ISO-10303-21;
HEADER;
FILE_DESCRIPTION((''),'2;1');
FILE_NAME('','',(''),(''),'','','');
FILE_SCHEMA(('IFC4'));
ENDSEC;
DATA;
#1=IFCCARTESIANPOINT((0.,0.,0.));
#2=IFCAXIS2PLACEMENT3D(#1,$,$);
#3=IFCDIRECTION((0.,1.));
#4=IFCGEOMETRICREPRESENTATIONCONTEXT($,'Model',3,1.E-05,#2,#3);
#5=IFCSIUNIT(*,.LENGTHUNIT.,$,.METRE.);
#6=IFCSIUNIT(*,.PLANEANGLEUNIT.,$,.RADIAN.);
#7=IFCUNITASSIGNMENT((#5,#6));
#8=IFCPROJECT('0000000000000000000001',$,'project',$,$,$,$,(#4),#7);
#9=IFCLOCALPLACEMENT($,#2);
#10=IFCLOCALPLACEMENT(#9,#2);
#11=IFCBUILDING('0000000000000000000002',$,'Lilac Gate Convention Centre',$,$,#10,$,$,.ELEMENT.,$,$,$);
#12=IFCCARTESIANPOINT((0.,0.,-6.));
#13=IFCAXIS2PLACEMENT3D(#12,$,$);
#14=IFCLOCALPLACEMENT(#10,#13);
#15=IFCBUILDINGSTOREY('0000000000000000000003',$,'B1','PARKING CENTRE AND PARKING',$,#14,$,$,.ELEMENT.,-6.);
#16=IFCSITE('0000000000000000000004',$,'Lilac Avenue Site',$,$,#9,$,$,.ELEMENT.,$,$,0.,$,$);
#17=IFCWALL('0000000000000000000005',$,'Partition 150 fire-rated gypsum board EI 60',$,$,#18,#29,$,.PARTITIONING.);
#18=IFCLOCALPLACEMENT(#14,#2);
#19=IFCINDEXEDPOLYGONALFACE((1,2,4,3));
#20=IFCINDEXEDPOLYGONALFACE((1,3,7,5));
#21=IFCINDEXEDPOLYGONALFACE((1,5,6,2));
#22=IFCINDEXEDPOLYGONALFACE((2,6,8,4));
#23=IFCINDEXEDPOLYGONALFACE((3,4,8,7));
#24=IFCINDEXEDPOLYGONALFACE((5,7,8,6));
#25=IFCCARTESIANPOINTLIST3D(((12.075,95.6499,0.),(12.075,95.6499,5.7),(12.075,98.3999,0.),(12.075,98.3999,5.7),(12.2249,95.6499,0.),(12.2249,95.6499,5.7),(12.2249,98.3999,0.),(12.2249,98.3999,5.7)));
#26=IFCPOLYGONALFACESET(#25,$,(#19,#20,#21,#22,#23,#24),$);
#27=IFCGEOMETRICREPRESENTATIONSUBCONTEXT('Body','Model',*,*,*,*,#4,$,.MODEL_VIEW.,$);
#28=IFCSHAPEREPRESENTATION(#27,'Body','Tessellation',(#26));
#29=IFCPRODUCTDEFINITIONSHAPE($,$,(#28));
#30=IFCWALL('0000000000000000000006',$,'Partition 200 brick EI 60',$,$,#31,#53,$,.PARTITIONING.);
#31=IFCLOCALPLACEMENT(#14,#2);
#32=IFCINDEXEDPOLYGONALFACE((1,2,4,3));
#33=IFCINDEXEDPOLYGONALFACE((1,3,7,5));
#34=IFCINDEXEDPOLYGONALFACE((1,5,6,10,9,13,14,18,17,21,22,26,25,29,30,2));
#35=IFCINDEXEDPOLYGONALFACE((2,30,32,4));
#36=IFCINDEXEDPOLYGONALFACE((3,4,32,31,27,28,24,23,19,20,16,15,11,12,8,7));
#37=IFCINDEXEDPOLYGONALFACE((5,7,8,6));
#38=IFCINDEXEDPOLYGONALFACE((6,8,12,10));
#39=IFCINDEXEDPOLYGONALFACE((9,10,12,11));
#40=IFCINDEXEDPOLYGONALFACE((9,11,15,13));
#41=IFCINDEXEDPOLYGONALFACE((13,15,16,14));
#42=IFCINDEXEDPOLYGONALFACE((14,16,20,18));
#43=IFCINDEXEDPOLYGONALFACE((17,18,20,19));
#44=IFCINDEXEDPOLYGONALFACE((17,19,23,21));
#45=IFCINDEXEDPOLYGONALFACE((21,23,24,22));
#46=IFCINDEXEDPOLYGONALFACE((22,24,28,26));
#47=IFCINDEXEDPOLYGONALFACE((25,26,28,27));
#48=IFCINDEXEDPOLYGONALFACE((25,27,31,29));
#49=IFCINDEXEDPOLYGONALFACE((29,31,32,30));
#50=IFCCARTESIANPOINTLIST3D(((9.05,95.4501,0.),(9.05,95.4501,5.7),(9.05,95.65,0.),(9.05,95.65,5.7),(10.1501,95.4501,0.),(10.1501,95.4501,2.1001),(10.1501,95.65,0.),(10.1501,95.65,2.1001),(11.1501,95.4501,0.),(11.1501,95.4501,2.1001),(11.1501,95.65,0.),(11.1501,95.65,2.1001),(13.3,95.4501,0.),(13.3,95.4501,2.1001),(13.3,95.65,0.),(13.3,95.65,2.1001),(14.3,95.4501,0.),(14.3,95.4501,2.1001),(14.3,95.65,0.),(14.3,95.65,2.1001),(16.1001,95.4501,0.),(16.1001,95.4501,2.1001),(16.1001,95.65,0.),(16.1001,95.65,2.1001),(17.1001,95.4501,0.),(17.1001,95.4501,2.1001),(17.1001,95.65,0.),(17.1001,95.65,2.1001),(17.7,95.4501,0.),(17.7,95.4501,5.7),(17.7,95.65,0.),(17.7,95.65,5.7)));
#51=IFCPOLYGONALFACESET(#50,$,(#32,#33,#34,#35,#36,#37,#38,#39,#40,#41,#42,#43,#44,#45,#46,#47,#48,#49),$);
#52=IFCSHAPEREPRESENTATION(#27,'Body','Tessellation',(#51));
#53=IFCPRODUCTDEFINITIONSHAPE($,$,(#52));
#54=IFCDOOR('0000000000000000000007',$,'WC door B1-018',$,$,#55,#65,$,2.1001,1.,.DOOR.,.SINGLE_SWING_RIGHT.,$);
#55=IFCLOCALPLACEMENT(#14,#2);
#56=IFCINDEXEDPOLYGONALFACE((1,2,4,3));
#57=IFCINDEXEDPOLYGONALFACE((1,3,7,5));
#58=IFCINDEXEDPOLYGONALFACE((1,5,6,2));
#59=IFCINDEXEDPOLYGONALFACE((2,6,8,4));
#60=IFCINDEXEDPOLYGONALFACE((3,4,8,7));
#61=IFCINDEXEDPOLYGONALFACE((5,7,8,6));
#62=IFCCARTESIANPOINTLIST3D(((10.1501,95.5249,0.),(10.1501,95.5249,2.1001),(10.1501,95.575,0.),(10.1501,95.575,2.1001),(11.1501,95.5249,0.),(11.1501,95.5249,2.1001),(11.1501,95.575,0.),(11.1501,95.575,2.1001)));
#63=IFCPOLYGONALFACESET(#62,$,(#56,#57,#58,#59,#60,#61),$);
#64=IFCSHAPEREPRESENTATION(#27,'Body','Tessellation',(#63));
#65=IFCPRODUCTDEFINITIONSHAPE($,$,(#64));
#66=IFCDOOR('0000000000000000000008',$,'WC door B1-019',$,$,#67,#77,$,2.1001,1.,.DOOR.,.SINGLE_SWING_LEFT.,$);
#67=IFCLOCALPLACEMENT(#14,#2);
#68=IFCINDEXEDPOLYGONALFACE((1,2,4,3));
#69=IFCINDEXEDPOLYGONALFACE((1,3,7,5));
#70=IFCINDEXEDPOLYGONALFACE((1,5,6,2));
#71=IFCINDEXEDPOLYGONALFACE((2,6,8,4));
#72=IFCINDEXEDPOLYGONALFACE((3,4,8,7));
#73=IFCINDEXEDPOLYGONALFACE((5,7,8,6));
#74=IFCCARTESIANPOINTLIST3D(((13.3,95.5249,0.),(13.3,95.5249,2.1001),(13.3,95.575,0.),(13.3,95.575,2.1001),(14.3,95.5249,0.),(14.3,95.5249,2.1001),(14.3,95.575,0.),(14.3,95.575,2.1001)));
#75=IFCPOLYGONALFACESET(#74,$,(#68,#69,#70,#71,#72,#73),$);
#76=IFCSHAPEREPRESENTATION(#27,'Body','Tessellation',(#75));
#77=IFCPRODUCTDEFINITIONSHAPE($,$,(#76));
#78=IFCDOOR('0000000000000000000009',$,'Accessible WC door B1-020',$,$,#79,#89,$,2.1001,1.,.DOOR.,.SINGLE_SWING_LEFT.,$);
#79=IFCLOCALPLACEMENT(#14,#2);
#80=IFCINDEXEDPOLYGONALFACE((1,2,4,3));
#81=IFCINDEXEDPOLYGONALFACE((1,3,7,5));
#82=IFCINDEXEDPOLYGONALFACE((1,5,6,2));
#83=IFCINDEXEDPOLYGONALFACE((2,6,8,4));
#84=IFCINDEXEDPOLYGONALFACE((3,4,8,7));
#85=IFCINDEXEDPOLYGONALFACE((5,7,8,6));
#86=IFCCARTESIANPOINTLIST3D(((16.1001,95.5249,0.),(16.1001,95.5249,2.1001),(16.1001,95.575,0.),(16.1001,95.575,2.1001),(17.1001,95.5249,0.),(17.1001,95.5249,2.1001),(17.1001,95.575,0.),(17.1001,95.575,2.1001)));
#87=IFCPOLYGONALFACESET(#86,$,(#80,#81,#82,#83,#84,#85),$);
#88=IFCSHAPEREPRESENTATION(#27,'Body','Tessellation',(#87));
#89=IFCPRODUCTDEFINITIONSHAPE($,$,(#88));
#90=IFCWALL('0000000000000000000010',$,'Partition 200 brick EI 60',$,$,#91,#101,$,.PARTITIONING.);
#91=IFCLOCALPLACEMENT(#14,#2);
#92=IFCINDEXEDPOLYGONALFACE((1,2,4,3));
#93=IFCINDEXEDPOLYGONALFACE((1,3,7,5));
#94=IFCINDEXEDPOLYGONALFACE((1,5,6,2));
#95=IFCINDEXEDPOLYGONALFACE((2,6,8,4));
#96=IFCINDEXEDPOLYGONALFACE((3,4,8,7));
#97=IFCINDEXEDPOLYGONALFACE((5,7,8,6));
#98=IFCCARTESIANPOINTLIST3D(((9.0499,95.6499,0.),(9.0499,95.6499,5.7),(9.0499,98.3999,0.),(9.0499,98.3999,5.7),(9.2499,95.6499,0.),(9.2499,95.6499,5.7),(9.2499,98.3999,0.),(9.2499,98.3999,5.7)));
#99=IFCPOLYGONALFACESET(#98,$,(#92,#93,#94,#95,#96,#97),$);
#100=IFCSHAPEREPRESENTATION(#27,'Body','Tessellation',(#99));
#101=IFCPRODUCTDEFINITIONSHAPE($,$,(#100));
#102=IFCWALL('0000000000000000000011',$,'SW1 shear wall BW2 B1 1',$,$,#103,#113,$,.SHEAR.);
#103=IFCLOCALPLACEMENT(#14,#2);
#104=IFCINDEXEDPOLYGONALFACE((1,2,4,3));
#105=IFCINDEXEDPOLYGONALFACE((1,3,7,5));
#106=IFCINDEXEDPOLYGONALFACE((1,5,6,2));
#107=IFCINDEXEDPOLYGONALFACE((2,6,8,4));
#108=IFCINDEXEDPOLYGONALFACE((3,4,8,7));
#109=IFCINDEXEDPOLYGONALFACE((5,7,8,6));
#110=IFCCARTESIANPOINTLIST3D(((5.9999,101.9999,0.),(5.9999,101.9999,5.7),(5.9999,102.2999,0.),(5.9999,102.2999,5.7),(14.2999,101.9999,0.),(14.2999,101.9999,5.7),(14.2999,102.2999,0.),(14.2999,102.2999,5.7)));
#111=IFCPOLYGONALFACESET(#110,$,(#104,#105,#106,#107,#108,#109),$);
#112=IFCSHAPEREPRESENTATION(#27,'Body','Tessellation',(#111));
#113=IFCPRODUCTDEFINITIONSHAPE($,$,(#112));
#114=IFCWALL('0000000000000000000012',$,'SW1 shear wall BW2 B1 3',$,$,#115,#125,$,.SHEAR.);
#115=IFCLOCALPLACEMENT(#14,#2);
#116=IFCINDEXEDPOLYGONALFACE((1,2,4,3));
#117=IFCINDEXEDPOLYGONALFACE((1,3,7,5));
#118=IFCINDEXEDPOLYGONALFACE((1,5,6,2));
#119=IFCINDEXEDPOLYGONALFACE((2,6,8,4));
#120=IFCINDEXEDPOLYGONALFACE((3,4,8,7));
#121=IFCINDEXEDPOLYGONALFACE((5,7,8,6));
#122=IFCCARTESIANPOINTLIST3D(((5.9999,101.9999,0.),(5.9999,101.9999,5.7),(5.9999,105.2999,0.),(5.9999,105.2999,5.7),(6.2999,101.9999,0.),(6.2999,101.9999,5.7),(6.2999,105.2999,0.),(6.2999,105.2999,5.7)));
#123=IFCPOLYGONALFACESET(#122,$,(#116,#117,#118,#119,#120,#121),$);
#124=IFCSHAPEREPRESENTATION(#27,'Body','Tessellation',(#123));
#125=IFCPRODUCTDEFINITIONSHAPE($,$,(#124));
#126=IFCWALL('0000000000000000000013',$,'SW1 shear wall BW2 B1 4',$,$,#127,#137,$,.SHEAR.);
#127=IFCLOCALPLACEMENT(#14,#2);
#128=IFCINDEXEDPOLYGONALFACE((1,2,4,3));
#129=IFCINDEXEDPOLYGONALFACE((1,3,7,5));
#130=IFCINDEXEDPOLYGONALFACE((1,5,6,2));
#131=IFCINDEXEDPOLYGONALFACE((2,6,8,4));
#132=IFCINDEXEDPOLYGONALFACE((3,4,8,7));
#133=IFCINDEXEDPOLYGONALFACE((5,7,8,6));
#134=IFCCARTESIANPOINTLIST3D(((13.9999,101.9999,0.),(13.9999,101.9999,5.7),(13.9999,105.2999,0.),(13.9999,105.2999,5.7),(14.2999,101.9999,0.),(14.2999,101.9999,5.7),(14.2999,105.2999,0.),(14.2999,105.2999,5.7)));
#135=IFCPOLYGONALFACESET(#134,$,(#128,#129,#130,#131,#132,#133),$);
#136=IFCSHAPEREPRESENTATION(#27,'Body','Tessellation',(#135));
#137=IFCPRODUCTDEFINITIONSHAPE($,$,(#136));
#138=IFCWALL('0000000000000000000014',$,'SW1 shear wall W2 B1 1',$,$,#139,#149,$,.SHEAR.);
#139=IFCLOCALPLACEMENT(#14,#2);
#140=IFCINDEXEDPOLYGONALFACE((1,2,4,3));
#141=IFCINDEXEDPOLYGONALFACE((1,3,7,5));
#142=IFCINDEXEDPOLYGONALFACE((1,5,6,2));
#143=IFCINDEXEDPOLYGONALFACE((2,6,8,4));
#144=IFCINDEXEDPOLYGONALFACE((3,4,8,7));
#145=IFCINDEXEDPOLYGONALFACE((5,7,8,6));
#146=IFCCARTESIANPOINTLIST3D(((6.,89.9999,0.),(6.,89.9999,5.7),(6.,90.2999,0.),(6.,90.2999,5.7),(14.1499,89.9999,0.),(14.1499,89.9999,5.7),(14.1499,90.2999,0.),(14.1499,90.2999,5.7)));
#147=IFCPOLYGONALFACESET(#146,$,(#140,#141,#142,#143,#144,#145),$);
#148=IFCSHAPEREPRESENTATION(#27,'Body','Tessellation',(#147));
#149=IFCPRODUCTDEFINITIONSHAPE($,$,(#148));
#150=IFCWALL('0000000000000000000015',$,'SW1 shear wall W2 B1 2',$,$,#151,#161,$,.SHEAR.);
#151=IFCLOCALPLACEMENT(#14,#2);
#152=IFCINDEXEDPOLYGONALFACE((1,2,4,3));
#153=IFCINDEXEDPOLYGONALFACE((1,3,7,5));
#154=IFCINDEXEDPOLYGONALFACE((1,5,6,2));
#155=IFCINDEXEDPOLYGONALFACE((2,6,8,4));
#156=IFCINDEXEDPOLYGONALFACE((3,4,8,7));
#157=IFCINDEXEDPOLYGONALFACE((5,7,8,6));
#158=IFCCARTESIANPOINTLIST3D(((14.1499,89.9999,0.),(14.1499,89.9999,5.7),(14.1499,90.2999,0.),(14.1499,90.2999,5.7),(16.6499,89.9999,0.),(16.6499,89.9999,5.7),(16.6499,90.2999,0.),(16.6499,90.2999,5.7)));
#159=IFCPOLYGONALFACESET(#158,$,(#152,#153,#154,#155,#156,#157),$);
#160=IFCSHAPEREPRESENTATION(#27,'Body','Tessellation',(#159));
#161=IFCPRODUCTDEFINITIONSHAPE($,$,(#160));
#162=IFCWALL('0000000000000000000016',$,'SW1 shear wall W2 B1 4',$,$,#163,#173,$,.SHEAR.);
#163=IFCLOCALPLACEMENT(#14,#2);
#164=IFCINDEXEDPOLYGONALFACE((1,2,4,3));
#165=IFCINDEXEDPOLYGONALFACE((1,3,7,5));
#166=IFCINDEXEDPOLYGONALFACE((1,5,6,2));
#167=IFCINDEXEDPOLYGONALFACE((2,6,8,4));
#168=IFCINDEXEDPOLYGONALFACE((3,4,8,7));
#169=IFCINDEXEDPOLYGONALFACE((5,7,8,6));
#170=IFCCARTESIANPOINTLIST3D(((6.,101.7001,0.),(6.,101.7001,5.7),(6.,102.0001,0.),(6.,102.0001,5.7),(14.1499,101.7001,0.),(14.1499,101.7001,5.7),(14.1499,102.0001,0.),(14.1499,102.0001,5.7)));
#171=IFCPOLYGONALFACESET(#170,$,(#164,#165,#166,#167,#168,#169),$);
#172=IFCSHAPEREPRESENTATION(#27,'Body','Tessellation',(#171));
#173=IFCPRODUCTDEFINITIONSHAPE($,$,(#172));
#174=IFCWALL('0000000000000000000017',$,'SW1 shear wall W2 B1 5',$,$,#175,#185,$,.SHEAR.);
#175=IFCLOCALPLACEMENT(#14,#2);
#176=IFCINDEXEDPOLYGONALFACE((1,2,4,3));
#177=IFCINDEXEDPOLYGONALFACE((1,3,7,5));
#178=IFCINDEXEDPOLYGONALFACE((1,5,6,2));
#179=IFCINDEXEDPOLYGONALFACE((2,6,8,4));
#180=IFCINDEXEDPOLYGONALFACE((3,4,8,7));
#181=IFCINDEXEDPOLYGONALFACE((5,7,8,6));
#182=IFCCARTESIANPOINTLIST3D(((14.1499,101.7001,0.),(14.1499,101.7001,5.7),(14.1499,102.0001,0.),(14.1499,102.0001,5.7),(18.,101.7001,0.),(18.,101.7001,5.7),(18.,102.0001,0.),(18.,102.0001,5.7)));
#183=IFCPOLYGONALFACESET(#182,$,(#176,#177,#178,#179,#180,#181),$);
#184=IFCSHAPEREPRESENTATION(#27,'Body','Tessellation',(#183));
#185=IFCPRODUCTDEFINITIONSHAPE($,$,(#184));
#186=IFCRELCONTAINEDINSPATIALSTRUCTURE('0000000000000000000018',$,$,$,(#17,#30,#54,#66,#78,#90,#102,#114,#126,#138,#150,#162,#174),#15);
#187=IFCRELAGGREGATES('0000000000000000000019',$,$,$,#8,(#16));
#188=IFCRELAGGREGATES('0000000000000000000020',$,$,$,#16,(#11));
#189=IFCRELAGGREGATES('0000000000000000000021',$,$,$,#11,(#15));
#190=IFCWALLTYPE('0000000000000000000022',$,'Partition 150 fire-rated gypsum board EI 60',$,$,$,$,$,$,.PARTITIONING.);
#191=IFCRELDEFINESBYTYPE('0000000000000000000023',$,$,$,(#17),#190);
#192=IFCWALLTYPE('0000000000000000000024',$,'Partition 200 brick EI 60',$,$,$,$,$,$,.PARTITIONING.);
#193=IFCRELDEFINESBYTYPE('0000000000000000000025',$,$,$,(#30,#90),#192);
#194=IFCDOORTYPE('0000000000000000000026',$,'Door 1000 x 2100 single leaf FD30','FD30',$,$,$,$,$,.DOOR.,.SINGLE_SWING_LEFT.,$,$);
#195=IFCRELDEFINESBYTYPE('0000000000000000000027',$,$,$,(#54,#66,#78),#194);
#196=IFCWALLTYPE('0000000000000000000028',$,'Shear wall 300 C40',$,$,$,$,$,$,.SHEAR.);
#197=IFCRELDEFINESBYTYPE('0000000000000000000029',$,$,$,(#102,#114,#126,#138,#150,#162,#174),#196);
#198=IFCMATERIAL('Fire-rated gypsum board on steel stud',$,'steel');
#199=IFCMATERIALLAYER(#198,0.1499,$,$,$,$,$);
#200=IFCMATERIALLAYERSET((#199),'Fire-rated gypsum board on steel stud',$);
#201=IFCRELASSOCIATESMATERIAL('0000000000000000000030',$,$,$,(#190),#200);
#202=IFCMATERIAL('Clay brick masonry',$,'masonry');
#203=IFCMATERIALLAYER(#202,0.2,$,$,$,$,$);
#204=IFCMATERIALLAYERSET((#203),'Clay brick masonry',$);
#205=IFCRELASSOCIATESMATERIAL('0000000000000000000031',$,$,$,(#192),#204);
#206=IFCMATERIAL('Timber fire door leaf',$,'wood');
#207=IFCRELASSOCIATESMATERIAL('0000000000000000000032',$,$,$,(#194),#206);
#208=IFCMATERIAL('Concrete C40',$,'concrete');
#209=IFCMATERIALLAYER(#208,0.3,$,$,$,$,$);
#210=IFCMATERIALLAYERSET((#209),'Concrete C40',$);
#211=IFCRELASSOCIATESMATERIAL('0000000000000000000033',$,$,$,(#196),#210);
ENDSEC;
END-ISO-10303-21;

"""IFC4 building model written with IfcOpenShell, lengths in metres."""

from ifc_helpers import new_model, si_unit, direction, frame, frame_2d, origin, place, context, subcontext, project, spatial, rectangle, extrude, material, layer, layer_set, type_object, element, fill, save


model = new_model("IFC4")

# Units and contexts
model_context = context("Model", 3, precision=1e-05, world=origin(), true_north=direction((0.0, 1.0)))
body_context = subcontext(model_context, "Body", "Model", "MODEL_VIEW")
ifc_project = project(units=[si_unit("LENGTHUNIT", "METRE"), si_unit("PLANEANGLEUNIT", "RADIAN")], contexts=[model_context])

# Site, building, storey
site_placement = place(None, origin())
site = spatial("IfcSite", under=ifc_project, at=site_placement, Name="Lilac Avenue Site", CompositionType="ELEMENT", RefElevation=0.0)
building_placement = place(site_placement, origin())
building = spatial("IfcBuilding", under=site, at=building_placement, Name="Lilac Gate Convention Centre", CompositionType="ELEMENT")
storey_placement = place(building_placement, frame((0.0, 0.0, -6.0)))
storey = spatial("IfcBuildingStorey", under=building, at=storey_placement, Name="B1", Description="PARKING CENTRE AND PARKING", CompositionType="ELEMENT", Elevation=-6.0)

# Wall
ifc_material_1 = material(Name="Fire-rated gypsum board on steel stud", Category="steel")
ifc_layer_1 = layer(ifc_material_1, 0.1499)
ifc_layer_set_1 = layer_set([ifc_layer_1], Name="Fire-rated gypsum board on steel stud")
wall_type_1 = type_object("IfcWallType", Name="Partition 150 fire-rated gypsum board EI 60", PredefinedType="PARTITIONING", material=ifc_layer_set_1)
wall_1_placement = place(storey_placement, frame((12.1499, 95.6499, 0.0), z_axis=(0.0, 0.0, 1.0), x_axis=(0.0, 1.0, 0.0)))
element("IfcWall", 1, at=wall_1_placement, inside=storey, type_object=wall_type_1, Name="Partition 150 fire-rated gypsum board EI 60", PredefinedType="PARTITIONING", context=body_context, shape_type="SweptSolid", body=[
    extrude(rectangle(XDim=2.75, YDim=0.1499, at=frame_2d((1.375, 0.0))), origin(), (0.0, 0.0, 1.0), 5.7),
])

# Wall, openings, doors
ifc_material_2 = material(Name="Clay brick masonry", Category="masonry")
ifc_layer_2 = layer(ifc_material_2, 0.2)
ifc_layer_set_2 = layer_set([ifc_layer_2], Name="Clay brick masonry")
wall_type_2 = type_object("IfcWallType", Name="Partition 200 brick EI 60", PredefinedType="PARTITIONING", material=ifc_layer_set_2)
wall_2_placement = place(storey_placement, frame((9.05, 95.55, 0.0), z_axis=(0.0, 0.0, 1.0), x_axis=(1.0, 0.0, 0.0)))
wall_2 = element("IfcWall", 2, at=wall_2_placement, inside=storey, type_object=wall_type_2, Name="Partition 200 brick EI 60", PredefinedType="PARTITIONING", context=body_context, shape_type="SweptSolid", body=[
    extrude(rectangle(XDim=8.6499, YDim=0.2, at=frame_2d((4.325, 0.0))), origin(), (0.0, 0.0, 1.0), 5.7),
])
opening_1_placement = place(wall_2_placement, frame((1.1001, 0.0, 0.0)))
opening_1 = element("IfcOpeningElement", 3, at=opening_1_placement, cuts=wall_2, PredefinedType="OPENING", context=body_context, shape_type="SweptSolid", body=[
    extrude(rectangle(XDim=1.0, YDim=2.1001, at=frame_2d((0.5, 1.05))), frame((0.0, 0.1099, 0.0), z_axis=(0.0, -1.0, 0.0), x_axis=(1.0, 0.0, 0.0)), (0.0, 0.0, 1.0), 0.22),
])
opening_2_placement = place(wall_2_placement, frame((4.25, 0.0, 0.0)))
opening_2 = element("IfcOpeningElement", 4, at=opening_2_placement, cuts=wall_2, PredefinedType="OPENING", context=body_context, shape_type="SweptSolid", body=[
    extrude(rectangle(XDim=1.0, YDim=2.1001, at=frame_2d((0.5, 1.05))), frame((0.0, 0.1099, 0.0), z_axis=(0.0, -1.0, 0.0), x_axis=(1.0, 0.0, 0.0)), (0.0, 0.0, 1.0), 0.22),
])
opening_3_placement = place(wall_2_placement, frame((7.05, 0.0, 0.0)))
opening_3 = element("IfcOpeningElement", 5, at=opening_3_placement, cuts=wall_2, PredefinedType="OPENING", context=body_context, shape_type="SweptSolid", body=[
    extrude(rectangle(XDim=1.0, YDim=2.1001, at=frame_2d((0.5, 1.05))), frame((0.0, 0.1099, 0.0), z_axis=(0.0, -1.0, 0.0), x_axis=(1.0, 0.0, 0.0)), (0.0, 0.0, 1.0), 0.22),
])
ifc_material_3 = material(Name="Timber fire door leaf", Category="wood")
door_type_1 = type_object("IfcDoorType", Name="Door 1000 x 2100 single leaf FD30", Description="FD30", OperationType="SINGLE_SWING_LEFT", PredefinedType="DOOR", material=ifc_material_3)
door_1_placement = place(opening_1_placement, origin())
door_1 = element("IfcDoor", 6, at=door_1_placement, inside=storey, type_object=door_type_1, Name="WC door B1-018", OperationType="SINGLE_SWING_RIGHT", OverallHeight=2.1001, OverallWidth=1.0, PredefinedType="DOOR", context=body_context, shape_type="SweptSolid", body=[
    extrude(rectangle(XDim=1.0, YDim=2.1001, at=frame_2d((0.5, 1.05))), frame((0.0, 0.0249, 0.0), z_axis=(0.0, -1.0, 0.0), x_axis=(1.0, 0.0, 0.0)), (0.0, 0.0, 1.0), 0.05),
])
fill(opening_1, door_1)
door_2_placement = place(opening_2_placement, origin())
door_2 = element("IfcDoor", 7, at=door_2_placement, inside=storey, type_object=door_type_1, Name="WC door B1-019", OperationType="SINGLE_SWING_LEFT", OverallHeight=2.1001, OverallWidth=1.0, PredefinedType="DOOR", context=body_context, shape_type="SweptSolid", body=[
    extrude(rectangle(XDim=1.0, YDim=2.1001, at=frame_2d((0.5, 1.05))), frame((0.0, 0.0249, 0.0), z_axis=(0.0, -1.0, 0.0), x_axis=(1.0, 0.0, 0.0)), (0.0, 0.0, 1.0), 0.05),
])
fill(opening_2, door_2)
door_3_placement = place(opening_3_placement, origin())
door_3 = element("IfcDoor", 8, at=door_3_placement, inside=storey, type_object=door_type_1, Name="Accessible WC door B1-020", OperationType="SINGLE_SWING_LEFT", OverallHeight=2.1001, OverallWidth=1.0, PredefinedType="DOOR", context=body_context, shape_type="SweptSolid", body=[
    extrude(rectangle(XDim=1.0, YDim=2.1001, at=frame_2d((0.5, 1.05))), frame((0.0, 0.0249, 0.0), z_axis=(0.0, -1.0, 0.0), x_axis=(1.0, 0.0, 0.0)), (0.0, 0.0, 1.0), 0.05),
])
fill(opening_3, door_3)

# Walls
wall_3_placement = place(storey_placement, frame((9.1499, 95.6499, 0.0), z_axis=(0.0, 0.0, 1.0), x_axis=(0.0, 1.0, 0.0)))
element("IfcWall", 9, at=wall_3_placement, inside=storey, type_object=wall_type_2, Name="Partition 200 brick EI 60", PredefinedType="PARTITIONING", context=body_context, shape_type="SweptSolid", body=[
    extrude(rectangle(XDim=2.75, YDim=0.2, at=frame_2d((1.375, 0.0))), origin(), (0.0, 0.0, 1.0), 5.7),
])
ifc_material_4 = material(Name="Concrete C40", Category="concrete")
ifc_layer_3 = layer(ifc_material_4, 0.3)
ifc_layer_set_3 = layer_set([ifc_layer_3], Name="Concrete C40")
wall_type_3 = type_object("IfcWallType", Name="Shear wall 300 C40", PredefinedType="SHEAR", material=ifc_layer_set_3)
wall_4_placement = place(storey_placement, frame((6.0, 102.1499, 0.0), z_axis=(0.0, 0.0, 1.0), x_axis=(1.0, 0.0, 0.0)))
element("IfcWall", 10, at=wall_4_placement, inside=storey, type_object=wall_type_3, Name="SW1 shear wall BW2 B1 1", PredefinedType="SHEAR", context=body_context, shape_type="SweptSolid", body=[
    extrude(rectangle(XDim=8.3, YDim=0.3, at=frame_2d((4.1499, 0.0))), origin(), (0.0, 0.0, 1.0), 5.7),
])
for number, where, z_axis, x_axis, name in (
    (11, (6.1499, 102.0, 0.0), (0.0, 0.0, 1.0), (0.0, 1.0, 0.0), "SW1 shear wall BW2 B1 3"),
    (12, (14.1499, 102.0, 0.0), (0.0, 0.0, 1.0), (0.0, 1.0, 0.0), "SW1 shear wall BW2 B1 4"),
):
    element("IfcWall", number, at=place(storey_placement, frame(where, z_axis=z_axis, x_axis=x_axis)), inside=storey, type_object=wall_type_3, Name=name, PredefinedType="SHEAR", context=body_context, shape_type="SweptSolid", body=[
        extrude(rectangle(XDim=3.3, YDim=0.3, at=frame_2d((1.6499, 0.0))), origin(), (0.0, 0.0, 1.0), 5.7),
    ])
wall_5_placement = place(storey_placement, frame((6.0, 90.1499, 0.0), z_axis=(0.0, 0.0, 1.0), x_axis=(1.0, 0.0, 0.0)))
element("IfcWall", 13, at=wall_5_placement, inside=storey, type_object=wall_type_3, Name="SW1 shear wall W2 B1 1", PredefinedType="SHEAR", context=body_context, shape_type="SweptSolid", body=[
    extrude(rectangle(XDim=8.1499, YDim=0.3, at=frame_2d((4.075, 0.0))), origin(), (0.0, 0.0, 1.0), 5.7),
])
wall_6_placement = place(storey_placement, frame((14.1499, 90.1499, 0.0), z_axis=(0.0, 0.0, 1.0), x_axis=(1.0, 0.0, 0.0)))
element("IfcWall", 14, at=wall_6_placement, inside=storey, type_object=wall_type_3, Name="SW1 shear wall W2 B1 2", PredefinedType="SHEAR", context=body_context, shape_type="SweptSolid", body=[
    extrude(rectangle(XDim=2.5, YDim=0.3, at=frame_2d((1.25, 0.0))), origin(), (0.0, 0.0, 1.0), 5.7),
])
wall_7_placement = place(storey_placement, frame((6.0, 101.8501, 0.0), z_axis=(0.0, 0.0, 1.0), x_axis=(1.0, 0.0, 0.0)))
element("IfcWall", 15, at=wall_7_placement, inside=storey, type_object=wall_type_3, Name="SW1 shear wall W2 B1 4", PredefinedType="SHEAR", context=body_context, shape_type="SweptSolid", body=[
    extrude(rectangle(XDim=8.1499, YDim=0.3, at=frame_2d((4.075, 0.0))), origin(), (0.0, 0.0, 1.0), 5.7),
])
wall_8_placement = place(storey_placement, frame((14.1499, 101.8501, 0.0), z_axis=(0.0, 0.0, 1.0), x_axis=(1.0, 0.0, 0.0)))
element("IfcWall", 16, at=wall_8_placement, inside=storey, type_object=wall_type_3, Name="SW1 shear wall W2 B1 5", PredefinedType="SHEAR", context=body_context, shape_type="SweptSolid", body=[
    extrude(rectangle(XDim=3.8501, YDim=0.3, at=frame_2d((1.925, 0.0))), origin(), (0.0, 0.0, 1.0), 5.7),
])

save(model, "model.ifc")
